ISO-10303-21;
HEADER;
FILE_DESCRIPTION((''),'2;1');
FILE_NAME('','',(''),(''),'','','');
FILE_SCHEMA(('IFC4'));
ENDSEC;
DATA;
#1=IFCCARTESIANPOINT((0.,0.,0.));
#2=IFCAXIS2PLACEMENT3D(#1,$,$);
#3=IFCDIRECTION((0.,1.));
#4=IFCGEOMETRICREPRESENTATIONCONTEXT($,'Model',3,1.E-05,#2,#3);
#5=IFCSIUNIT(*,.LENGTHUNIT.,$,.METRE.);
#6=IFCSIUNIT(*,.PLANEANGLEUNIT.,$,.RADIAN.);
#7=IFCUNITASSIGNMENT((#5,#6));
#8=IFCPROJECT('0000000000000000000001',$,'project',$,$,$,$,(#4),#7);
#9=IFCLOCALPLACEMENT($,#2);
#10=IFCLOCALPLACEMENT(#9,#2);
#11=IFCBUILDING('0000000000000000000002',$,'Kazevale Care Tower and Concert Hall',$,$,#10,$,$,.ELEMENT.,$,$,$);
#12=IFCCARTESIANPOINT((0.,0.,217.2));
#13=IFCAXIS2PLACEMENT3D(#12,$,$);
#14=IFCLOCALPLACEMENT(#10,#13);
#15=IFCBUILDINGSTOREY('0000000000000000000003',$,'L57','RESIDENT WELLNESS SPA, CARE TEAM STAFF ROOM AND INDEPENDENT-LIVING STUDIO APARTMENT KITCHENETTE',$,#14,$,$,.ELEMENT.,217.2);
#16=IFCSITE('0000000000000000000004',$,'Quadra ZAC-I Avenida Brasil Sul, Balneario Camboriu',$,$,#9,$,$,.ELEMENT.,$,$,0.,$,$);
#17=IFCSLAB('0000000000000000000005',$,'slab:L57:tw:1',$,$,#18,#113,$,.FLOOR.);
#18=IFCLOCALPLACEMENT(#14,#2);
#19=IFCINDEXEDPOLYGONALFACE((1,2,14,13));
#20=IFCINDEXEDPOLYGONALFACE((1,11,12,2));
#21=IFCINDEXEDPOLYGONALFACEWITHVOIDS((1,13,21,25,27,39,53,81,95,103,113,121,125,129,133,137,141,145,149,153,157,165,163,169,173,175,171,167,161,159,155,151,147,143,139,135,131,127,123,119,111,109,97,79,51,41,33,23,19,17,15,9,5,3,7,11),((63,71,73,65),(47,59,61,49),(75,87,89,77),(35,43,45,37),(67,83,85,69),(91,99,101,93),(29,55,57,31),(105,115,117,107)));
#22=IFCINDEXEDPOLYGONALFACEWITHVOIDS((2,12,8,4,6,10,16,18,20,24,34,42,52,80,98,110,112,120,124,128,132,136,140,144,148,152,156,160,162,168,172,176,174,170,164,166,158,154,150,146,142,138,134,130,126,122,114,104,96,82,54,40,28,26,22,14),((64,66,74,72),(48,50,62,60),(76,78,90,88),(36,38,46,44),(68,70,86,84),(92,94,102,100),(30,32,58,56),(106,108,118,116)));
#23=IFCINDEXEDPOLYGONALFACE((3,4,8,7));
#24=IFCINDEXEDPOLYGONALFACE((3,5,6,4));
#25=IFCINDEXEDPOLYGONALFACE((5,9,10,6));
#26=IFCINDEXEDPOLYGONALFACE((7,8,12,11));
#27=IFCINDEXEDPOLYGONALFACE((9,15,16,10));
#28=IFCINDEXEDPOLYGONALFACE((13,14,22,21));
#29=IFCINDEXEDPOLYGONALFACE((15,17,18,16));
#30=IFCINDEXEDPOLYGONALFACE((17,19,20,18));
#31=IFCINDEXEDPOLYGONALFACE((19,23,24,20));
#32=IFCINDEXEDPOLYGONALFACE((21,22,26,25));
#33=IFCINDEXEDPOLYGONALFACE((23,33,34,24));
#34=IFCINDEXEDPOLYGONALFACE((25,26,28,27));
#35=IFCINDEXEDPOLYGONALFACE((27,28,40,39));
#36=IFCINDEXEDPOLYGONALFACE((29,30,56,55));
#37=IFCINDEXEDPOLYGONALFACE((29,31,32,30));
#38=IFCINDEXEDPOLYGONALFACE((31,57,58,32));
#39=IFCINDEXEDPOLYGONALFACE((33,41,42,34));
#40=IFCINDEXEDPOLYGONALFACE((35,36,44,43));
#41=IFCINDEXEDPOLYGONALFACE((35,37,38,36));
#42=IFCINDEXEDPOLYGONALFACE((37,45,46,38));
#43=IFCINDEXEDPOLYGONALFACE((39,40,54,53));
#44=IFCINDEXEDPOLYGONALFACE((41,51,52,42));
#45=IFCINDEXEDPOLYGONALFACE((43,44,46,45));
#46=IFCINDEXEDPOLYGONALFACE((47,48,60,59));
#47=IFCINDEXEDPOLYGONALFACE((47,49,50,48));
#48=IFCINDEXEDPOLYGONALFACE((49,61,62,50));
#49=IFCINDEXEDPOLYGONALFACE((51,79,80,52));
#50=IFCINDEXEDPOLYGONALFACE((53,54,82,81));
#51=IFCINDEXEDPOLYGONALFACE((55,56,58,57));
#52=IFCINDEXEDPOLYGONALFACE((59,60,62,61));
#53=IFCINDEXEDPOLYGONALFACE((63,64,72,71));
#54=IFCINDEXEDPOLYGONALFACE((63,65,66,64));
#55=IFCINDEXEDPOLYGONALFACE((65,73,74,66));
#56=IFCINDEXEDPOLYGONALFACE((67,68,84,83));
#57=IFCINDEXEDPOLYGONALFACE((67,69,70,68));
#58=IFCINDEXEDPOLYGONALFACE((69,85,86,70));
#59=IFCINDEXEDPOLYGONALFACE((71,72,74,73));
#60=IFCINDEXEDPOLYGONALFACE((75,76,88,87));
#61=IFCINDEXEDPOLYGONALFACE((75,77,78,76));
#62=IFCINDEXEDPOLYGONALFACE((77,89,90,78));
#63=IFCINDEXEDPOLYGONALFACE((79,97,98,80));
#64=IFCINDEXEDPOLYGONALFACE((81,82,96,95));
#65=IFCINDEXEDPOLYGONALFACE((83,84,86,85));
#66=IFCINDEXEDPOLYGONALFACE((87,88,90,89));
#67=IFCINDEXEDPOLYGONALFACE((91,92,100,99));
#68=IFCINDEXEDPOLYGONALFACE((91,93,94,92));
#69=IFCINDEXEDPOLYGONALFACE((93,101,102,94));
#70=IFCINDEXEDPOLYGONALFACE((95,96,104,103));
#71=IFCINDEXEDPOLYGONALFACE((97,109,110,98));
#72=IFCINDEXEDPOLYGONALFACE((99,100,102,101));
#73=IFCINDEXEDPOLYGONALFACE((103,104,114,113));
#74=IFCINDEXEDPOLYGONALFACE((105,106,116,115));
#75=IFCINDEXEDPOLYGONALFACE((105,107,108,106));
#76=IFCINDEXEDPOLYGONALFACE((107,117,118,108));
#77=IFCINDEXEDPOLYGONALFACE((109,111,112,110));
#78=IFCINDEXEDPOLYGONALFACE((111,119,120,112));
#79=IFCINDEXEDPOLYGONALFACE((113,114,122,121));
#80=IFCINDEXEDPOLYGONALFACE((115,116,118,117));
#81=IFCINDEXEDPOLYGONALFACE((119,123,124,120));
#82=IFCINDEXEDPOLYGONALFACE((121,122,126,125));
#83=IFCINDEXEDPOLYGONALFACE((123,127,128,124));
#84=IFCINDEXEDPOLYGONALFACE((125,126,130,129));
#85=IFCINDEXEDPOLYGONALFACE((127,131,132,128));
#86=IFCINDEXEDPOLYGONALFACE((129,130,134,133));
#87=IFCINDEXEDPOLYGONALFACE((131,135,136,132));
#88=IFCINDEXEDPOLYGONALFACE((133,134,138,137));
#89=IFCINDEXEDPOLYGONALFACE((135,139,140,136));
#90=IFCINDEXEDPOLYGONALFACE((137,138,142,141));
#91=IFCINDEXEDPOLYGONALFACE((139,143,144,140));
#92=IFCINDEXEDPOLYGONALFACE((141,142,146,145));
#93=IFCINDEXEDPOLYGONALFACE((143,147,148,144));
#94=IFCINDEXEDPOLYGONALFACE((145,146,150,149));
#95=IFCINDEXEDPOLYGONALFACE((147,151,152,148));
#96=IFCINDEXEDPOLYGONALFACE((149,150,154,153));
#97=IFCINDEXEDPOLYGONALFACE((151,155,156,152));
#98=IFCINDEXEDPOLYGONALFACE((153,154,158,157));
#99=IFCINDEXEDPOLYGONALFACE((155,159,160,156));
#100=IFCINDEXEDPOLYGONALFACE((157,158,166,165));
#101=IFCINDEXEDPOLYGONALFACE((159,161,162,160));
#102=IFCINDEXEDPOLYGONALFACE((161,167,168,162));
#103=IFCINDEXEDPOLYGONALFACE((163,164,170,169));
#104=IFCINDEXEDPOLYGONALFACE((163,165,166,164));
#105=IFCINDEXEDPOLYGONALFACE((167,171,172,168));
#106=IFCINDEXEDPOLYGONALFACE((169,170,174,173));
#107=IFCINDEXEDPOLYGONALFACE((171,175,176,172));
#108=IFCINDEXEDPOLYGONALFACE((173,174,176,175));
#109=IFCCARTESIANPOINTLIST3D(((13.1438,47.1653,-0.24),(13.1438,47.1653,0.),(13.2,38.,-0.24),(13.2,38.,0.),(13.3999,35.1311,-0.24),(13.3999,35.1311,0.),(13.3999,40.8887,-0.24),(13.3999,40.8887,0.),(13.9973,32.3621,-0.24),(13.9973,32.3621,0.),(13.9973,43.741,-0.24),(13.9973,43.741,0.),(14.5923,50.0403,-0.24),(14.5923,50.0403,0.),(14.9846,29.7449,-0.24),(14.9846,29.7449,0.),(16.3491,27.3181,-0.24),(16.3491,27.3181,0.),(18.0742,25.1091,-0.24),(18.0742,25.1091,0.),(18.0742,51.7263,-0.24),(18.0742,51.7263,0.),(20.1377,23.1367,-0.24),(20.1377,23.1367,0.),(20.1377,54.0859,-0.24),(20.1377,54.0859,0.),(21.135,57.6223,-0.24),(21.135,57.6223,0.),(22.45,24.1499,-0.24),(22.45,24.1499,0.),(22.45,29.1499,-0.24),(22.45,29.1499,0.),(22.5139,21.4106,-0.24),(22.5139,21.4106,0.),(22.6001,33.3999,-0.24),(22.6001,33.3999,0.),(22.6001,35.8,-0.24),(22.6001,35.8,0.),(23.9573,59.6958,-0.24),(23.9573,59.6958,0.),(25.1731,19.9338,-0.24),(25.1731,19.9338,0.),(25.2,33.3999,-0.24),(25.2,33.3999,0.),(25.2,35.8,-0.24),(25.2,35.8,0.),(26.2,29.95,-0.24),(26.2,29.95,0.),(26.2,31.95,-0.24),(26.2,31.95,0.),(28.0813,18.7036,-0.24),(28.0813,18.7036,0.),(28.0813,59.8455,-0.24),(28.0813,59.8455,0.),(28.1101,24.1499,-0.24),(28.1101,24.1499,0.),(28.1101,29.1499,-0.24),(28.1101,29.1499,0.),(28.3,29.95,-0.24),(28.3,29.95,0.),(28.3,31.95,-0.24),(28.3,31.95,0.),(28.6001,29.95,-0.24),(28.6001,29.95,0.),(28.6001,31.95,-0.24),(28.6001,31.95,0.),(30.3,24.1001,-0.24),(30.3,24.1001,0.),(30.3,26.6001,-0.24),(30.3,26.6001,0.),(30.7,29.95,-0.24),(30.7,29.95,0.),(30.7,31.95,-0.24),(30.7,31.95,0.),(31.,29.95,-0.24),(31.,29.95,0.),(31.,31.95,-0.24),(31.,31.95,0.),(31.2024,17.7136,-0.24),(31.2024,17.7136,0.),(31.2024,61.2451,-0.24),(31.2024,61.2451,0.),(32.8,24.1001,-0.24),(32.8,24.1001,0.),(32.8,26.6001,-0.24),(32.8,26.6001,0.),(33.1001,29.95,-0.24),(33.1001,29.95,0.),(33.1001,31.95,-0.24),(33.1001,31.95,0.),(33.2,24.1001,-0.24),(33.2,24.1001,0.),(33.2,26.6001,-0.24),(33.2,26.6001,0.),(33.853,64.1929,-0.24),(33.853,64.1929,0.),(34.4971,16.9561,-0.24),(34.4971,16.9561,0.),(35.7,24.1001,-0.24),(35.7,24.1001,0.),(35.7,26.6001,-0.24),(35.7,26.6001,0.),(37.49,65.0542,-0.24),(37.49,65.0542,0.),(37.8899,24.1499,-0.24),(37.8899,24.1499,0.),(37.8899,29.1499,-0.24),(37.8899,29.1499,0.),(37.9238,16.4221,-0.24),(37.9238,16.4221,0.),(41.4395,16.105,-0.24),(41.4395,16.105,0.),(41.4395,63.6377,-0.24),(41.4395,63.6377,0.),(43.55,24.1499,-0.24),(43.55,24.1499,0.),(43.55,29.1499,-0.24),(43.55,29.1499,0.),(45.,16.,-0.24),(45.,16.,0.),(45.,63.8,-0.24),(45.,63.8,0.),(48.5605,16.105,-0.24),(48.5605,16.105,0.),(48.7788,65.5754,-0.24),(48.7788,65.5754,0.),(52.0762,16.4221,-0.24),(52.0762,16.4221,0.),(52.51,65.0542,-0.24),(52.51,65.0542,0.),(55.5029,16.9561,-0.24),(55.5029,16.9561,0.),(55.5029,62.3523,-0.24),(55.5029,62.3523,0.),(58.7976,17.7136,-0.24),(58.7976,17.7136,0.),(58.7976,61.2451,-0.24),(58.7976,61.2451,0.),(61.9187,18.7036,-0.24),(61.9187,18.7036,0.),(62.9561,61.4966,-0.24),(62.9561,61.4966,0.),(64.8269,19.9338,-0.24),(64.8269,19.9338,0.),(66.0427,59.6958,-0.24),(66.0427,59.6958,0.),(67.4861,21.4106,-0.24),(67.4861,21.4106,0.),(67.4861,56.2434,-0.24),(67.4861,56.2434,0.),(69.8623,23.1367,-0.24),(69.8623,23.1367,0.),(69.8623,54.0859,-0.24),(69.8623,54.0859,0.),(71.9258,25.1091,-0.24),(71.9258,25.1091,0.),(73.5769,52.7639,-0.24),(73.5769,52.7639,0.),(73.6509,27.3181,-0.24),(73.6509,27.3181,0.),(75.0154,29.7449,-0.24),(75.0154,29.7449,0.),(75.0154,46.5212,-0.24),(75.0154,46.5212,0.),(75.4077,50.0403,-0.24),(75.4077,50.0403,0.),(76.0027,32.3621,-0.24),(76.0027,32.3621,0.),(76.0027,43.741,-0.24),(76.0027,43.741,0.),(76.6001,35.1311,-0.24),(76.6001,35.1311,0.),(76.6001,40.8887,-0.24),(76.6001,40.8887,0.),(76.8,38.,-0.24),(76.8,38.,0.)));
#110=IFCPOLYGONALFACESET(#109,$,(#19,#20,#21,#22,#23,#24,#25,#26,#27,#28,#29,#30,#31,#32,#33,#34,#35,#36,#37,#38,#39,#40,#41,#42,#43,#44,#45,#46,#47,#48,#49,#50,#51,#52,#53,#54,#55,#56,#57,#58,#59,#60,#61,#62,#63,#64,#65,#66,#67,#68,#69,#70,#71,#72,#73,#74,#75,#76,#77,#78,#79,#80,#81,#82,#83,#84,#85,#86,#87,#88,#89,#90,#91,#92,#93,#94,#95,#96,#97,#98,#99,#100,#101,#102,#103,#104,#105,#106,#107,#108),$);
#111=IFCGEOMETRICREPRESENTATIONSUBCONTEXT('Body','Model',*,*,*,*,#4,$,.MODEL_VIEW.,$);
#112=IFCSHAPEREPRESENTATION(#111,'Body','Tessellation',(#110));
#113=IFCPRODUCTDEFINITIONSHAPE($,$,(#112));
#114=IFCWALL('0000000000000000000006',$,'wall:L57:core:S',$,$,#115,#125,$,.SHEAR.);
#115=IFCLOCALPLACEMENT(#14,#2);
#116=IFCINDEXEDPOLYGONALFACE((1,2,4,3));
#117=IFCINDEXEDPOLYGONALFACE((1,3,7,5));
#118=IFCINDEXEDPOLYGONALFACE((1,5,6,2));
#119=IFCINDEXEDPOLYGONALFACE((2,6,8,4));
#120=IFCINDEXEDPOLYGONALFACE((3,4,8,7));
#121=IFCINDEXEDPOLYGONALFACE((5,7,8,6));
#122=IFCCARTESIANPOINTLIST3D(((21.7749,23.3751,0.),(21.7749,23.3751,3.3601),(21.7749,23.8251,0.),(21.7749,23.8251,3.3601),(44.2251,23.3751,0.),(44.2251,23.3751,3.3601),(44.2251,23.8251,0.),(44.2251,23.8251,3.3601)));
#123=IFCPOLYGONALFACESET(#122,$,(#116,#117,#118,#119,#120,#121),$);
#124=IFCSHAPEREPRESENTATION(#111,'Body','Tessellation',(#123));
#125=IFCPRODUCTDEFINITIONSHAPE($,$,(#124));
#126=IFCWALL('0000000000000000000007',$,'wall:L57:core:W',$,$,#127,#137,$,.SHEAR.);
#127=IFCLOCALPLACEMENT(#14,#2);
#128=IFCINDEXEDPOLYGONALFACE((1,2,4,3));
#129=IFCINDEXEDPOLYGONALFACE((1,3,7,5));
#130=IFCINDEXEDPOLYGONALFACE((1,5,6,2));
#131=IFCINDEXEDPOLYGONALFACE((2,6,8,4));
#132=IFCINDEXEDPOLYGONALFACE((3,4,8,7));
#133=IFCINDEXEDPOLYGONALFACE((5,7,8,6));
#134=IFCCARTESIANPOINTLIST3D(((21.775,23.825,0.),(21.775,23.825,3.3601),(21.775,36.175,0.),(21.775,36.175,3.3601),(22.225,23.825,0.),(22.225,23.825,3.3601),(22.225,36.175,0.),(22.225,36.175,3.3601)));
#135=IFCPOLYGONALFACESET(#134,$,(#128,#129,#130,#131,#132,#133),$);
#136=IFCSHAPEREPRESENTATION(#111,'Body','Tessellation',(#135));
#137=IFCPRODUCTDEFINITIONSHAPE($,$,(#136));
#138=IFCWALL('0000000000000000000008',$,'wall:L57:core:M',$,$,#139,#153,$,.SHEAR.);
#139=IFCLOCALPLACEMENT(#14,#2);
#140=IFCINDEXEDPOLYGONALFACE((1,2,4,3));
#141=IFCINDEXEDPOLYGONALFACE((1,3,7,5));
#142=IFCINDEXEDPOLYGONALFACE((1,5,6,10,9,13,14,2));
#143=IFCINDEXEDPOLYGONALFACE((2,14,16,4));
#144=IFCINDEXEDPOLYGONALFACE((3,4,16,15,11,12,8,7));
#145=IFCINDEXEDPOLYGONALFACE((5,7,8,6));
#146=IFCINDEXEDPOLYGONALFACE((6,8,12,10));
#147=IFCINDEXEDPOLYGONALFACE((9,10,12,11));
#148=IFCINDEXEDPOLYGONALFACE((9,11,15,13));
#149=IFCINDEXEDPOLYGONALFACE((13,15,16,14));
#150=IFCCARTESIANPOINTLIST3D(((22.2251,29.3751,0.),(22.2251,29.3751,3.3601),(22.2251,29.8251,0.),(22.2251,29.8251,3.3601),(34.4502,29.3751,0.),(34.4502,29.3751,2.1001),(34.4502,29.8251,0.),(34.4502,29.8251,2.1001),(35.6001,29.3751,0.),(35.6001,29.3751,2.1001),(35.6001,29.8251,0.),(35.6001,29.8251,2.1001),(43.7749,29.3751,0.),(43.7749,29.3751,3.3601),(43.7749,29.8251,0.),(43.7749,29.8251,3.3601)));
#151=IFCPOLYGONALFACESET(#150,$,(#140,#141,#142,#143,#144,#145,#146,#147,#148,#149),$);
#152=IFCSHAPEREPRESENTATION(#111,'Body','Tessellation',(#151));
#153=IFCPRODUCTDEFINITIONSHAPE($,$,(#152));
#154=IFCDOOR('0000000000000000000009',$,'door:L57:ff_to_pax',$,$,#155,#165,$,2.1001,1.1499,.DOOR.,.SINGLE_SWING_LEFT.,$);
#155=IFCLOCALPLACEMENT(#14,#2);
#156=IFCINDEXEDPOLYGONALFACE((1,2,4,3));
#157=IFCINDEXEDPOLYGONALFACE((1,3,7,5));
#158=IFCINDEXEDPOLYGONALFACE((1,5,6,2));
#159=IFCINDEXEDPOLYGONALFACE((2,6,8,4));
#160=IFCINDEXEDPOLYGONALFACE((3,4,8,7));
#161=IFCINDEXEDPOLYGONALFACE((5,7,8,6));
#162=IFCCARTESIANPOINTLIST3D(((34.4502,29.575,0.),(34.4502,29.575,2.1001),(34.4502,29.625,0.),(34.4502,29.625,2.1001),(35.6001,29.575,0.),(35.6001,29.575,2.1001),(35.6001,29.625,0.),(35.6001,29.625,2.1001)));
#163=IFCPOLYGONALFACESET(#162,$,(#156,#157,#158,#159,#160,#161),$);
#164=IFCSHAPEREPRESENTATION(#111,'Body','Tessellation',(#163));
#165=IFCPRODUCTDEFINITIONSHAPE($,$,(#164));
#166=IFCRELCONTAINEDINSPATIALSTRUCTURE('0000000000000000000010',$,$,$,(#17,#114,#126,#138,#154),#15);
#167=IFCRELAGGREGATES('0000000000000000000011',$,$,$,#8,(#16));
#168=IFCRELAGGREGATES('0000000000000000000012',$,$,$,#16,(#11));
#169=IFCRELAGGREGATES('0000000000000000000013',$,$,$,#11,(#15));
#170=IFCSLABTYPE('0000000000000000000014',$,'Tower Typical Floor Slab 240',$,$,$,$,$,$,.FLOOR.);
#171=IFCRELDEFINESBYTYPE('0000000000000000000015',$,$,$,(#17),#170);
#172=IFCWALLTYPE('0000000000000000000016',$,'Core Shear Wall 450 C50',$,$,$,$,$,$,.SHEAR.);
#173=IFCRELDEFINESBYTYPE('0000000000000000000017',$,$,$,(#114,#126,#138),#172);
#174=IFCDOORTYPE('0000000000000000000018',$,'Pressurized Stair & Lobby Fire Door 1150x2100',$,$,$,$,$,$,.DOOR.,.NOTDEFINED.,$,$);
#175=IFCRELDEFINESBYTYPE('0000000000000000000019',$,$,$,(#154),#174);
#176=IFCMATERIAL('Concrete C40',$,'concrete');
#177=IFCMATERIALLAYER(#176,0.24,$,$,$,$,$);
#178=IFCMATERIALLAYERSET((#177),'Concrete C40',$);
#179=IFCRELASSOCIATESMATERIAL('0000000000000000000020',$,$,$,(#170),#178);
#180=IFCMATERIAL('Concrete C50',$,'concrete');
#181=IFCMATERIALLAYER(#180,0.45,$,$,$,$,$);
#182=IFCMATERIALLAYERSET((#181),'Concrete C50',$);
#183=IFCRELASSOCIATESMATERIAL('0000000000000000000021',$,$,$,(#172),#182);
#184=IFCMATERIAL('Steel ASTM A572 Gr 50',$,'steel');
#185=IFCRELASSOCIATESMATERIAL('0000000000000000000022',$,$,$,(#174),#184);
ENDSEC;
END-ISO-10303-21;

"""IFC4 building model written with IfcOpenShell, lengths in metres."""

from ifc_helpers import new_model, si_unit, direction, frame, frame_2d, origin, place, context, subcontext, project, spatial, polyline, rectangle, outline, extrude, material, layer, layer_set, type_object, element, fill, save


model = new_model("IFC4")

# Units and contexts
model_context = context("Model", 3, precision=1e-05, world=origin(), true_north=direction((0.0, 1.0)))
body_context = subcontext(model_context, "Body", "Model", "MODEL_VIEW")
ifc_project = project(units=[si_unit("LENGTHUNIT", "METRE"), si_unit("PLANEANGLEUNIT", "RADIAN")], contexts=[model_context])

# Site, building, storey
site_placement = place(None, origin())
site = spatial("IfcSite", under=ifc_project, at=site_placement, Name="Quadra ZAC-I Avenida Brasil Sul, Balneario Camboriu", CompositionType="ELEMENT", RefElevation=0.0)
building_placement = place(site_placement, origin())
building = spatial("IfcBuilding", under=site, at=building_placement, Name="Kazevale Care Tower and Concert Hall", CompositionType="ELEMENT")
storey_placement = place(building_placement, frame((0.0, 0.0, 217.2)))
storey = spatial("IfcBuildingStorey", under=building, at=storey_placement, Name="L57", Description="RESIDENT WELLNESS SPA, CARE TEAM STAFF ROOM AND INDEPENDENT-LIVING STUDIO APARTMENT KITCHENETTE", CompositionType="ELEMENT", Elevation=217.2)

# Shared definitions
ifc_material_1 = material(Name="Concrete C50", Category="concrete")

# Shared definitions
ifc_material_2 = material(Name="Steel ASTM A572 Gr 50", Category="steel")

# Shared definitions
ifc_material_3 = material(Name="Concrete C40", Category="concrete")

# Slab
ifc_layer_1 = layer(ifc_material_3, 0.24)
ifc_layer_set_1 = layer_set([ifc_layer_1], Name="Concrete C40")
slab_type_1 = type_object("IfcSlabType", Name="Tower Typical Floor Slab 240", PredefinedType="FLOOR", material=ifc_layer_set_1)
slab_1_placement = place(storey_placement, frame((0.0, 0.0, -0.24)))
element("IfcSlab", 1, at=slab_1_placement, inside=storey, type_object=slab_type_1, Name="slab:L57:tw:1", PredefinedType="FLOOR", context=body_context, shape_type="SweptSolid", body=[
    extrude(outline(polyline([(76.8, 38.0), (76.6001, 40.8887), (76.0027, 43.741), (75.0154, 46.5212), (75.4077, 50.0403), (73.5769, 52.7639), (69.8623, 54.0859), (67.4861, 56.2434), (66.0427, 59.6958), (62.9561, 61.4966), (58.7976, 61.2451), (55.5029, 62.3523), (52.51, 65.0542), (48.7788, 65.5754), (45.0, 63.8), (41.4395, 63.6377), (37.49, 65.0542), (33.853, 64.1929), (31.2024, 61.2451), (28.0813, 59.8455), (23.9573, 59.6958), (21.135, 57.6223), (20.1377, 54.0859), (18.0742, 51.7263), (14.5923, 50.0403), (13.1438, 47.1653), (13.9973, 43.741), (13.3999, 40.8887), (13.2, 38.0), (13.3999, 35.1311), (13.9973, 32.3621), (14.9846, 29.7449), (16.3491, 27.3181), (18.0742, 25.1091), (20.1377, 23.1367), (22.5139, 21.4106), (25.1731, 19.9338), (28.0813, 18.7036), (31.2024, 17.7136), (34.4971, 16.9561), (37.9238, 16.4221), (41.4395, 16.105), (45.0, 16.0), (48.5605, 16.105), (52.0762, 16.4221), (55.5029, 16.9561), (58.7976, 17.7136), (61.9187, 18.7036), (64.8269, 19.9338), (67.4861, 21.4106), (69.8623, 23.1367), (71.9258, 25.1091), (73.6509, 27.3181), (75.0154, 29.7449), (76.0027, 32.3621), (76.6001, 35.1311), (76.8, 38.0)]), holes=[polyline([(22.45, 24.1499), (28.1101, 24.1499), (28.1101, 29.1499), (22.45, 29.1499), (22.45, 24.1499)]), polyline([(37.8899, 24.1499), (43.55, 24.1499), (43.55, 29.1499), (37.8899, 29.1499), (37.8899, 24.1499)]), polyline([(30.3, 24.1001), (32.8, 24.1001), (32.8, 26.6001), (30.3, 26.6001), (30.3, 24.1001)]), polyline([(33.2, 24.1001), (35.7, 24.1001), (35.7, 26.6001), (33.2, 26.6001), (33.2, 24.1001)]), polyline([(22.6001, 33.3999), (25.2, 33.3999), (25.2, 35.8), (22.6001, 35.8), (22.6001, 33.3999)]), polyline([(26.2, 29.95), (28.3, 29.95), (28.3, 31.95), (26.2, 31.95), (26.2, 29.95)]), polyline([(28.6001, 29.95), (30.7, 29.95), (30.7, 31.95), (28.6001, 31.95), (28.6001, 29.95)]), polyline([(31.0, 29.95), (33.1001, 29.95), (33.1001, 31.95), (31.0, 31.95), (31.0, 29.95)])]), origin(), (0.0, 0.0, 1.0), 0.24),
])

# Walls
ifc_layer_2 = layer(ifc_material_1, 0.45)
ifc_layer_set_2 = layer_set([ifc_layer_2], Name="Concrete C50")
wall_type_1 = type_object("IfcWallType", Name="Core Shear Wall 450 C50", PredefinedType="SHEAR", material=ifc_layer_set_2)
wall_1_placement = place(storey_placement, frame((21.7749, 23.6001, 0.0), z_axis=(0.0, 0.0, 1.0), x_axis=(1.0, 0.0, 0.0)))
element("IfcWall", 2, at=wall_1_placement, inside=storey, type_object=wall_type_1, Name="wall:L57:core:S", PredefinedType="SHEAR", context=body_context, shape_type="SweptSolid", body=[
    extrude(rectangle(XDim=22.4502, YDim=0.45, at=frame_2d((11.2251, 0.0))), origin(), (0.0, 0.0, 1.0), 3.3601),
])
wall_2_placement = place(storey_placement, frame((22.0, 23.825, 0.0), z_axis=(0.0, 0.0, 1.0), x_axis=(0.0, 1.0, 0.0)))
element("IfcWall", 3, at=wall_2_placement, inside=storey, type_object=wall_type_1, Name="wall:L57:core:W", PredefinedType="SHEAR", context=body_context, shape_type="SweptSolid", body=[
    extrude(rectangle(XDim=12.3501, YDim=0.45, at=frame_2d((6.175, 0.0))), origin(), (0.0, 0.0, 1.0), 3.3601),
])

# Wall, opening, door
wall_3_placement = place(storey_placement, frame((22.2251, 29.6001, 0.0), z_axis=(0.0, 0.0, 1.0), x_axis=(1.0, 0.0, 0.0)))
wall_3 = element("IfcWall", 4, at=wall_3_placement, inside=storey, type_object=wall_type_1, Name="wall:L57:core:M", PredefinedType="SHEAR", context=body_context, shape_type="SweptSolid", body=[
    extrude(rectangle(XDim=21.5498, YDim=0.45, at=frame_2d((10.7749, 0.0))), origin(), (0.0, 0.0, 1.0), 3.3601),
])
opening_1_placement = place(wall_3_placement, frame((12.2251, 0.0, 0.0)))
opening_1 = element("IfcOpeningElement", 5, at=opening_1_placement, cuts=wall_3, PredefinedType="OPENING", context=body_context, shape_type="SweptSolid", body=[
    extrude(rectangle(XDim=1.1499, YDim=2.1001, at=frame_2d((0.575, 1.05))), frame((0.0, 0.2349, 0.0), z_axis=(0.0, -1.0, 0.0), x_axis=(1.0, 0.0, 0.0)), (0.0, 0.0, 1.0), 0.47),
])
door_type_1 = type_object("IfcDoorType", Name="Pressurized Stair & Lobby Fire Door 1150x2100", OperationType="NOTDEFINED", PredefinedType="DOOR", material=ifc_material_2)
door_1_placement = place(opening_1_placement, origin())
door_1 = element("IfcDoor", 6, at=door_1_placement, inside=storey, type_object=door_type_1, Name="door:L57:ff_to_pax", OperationType="SINGLE_SWING_LEFT", OverallHeight=2.1001, OverallWidth=1.1499, PredefinedType="DOOR", context=body_context, shape_type="SweptSolid", body=[
    extrude(rectangle(XDim=1.1499, YDim=2.1001, at=frame_2d((0.575, 1.05))), frame((0.0, 0.0249, 0.0), z_axis=(0.0, -1.0, 0.0), x_axis=(1.0, 0.0, 0.0)), (0.0, 0.0, 1.0), 0.05),
])
fill(opening_1, door_1)

save(model, "model.ifc")
